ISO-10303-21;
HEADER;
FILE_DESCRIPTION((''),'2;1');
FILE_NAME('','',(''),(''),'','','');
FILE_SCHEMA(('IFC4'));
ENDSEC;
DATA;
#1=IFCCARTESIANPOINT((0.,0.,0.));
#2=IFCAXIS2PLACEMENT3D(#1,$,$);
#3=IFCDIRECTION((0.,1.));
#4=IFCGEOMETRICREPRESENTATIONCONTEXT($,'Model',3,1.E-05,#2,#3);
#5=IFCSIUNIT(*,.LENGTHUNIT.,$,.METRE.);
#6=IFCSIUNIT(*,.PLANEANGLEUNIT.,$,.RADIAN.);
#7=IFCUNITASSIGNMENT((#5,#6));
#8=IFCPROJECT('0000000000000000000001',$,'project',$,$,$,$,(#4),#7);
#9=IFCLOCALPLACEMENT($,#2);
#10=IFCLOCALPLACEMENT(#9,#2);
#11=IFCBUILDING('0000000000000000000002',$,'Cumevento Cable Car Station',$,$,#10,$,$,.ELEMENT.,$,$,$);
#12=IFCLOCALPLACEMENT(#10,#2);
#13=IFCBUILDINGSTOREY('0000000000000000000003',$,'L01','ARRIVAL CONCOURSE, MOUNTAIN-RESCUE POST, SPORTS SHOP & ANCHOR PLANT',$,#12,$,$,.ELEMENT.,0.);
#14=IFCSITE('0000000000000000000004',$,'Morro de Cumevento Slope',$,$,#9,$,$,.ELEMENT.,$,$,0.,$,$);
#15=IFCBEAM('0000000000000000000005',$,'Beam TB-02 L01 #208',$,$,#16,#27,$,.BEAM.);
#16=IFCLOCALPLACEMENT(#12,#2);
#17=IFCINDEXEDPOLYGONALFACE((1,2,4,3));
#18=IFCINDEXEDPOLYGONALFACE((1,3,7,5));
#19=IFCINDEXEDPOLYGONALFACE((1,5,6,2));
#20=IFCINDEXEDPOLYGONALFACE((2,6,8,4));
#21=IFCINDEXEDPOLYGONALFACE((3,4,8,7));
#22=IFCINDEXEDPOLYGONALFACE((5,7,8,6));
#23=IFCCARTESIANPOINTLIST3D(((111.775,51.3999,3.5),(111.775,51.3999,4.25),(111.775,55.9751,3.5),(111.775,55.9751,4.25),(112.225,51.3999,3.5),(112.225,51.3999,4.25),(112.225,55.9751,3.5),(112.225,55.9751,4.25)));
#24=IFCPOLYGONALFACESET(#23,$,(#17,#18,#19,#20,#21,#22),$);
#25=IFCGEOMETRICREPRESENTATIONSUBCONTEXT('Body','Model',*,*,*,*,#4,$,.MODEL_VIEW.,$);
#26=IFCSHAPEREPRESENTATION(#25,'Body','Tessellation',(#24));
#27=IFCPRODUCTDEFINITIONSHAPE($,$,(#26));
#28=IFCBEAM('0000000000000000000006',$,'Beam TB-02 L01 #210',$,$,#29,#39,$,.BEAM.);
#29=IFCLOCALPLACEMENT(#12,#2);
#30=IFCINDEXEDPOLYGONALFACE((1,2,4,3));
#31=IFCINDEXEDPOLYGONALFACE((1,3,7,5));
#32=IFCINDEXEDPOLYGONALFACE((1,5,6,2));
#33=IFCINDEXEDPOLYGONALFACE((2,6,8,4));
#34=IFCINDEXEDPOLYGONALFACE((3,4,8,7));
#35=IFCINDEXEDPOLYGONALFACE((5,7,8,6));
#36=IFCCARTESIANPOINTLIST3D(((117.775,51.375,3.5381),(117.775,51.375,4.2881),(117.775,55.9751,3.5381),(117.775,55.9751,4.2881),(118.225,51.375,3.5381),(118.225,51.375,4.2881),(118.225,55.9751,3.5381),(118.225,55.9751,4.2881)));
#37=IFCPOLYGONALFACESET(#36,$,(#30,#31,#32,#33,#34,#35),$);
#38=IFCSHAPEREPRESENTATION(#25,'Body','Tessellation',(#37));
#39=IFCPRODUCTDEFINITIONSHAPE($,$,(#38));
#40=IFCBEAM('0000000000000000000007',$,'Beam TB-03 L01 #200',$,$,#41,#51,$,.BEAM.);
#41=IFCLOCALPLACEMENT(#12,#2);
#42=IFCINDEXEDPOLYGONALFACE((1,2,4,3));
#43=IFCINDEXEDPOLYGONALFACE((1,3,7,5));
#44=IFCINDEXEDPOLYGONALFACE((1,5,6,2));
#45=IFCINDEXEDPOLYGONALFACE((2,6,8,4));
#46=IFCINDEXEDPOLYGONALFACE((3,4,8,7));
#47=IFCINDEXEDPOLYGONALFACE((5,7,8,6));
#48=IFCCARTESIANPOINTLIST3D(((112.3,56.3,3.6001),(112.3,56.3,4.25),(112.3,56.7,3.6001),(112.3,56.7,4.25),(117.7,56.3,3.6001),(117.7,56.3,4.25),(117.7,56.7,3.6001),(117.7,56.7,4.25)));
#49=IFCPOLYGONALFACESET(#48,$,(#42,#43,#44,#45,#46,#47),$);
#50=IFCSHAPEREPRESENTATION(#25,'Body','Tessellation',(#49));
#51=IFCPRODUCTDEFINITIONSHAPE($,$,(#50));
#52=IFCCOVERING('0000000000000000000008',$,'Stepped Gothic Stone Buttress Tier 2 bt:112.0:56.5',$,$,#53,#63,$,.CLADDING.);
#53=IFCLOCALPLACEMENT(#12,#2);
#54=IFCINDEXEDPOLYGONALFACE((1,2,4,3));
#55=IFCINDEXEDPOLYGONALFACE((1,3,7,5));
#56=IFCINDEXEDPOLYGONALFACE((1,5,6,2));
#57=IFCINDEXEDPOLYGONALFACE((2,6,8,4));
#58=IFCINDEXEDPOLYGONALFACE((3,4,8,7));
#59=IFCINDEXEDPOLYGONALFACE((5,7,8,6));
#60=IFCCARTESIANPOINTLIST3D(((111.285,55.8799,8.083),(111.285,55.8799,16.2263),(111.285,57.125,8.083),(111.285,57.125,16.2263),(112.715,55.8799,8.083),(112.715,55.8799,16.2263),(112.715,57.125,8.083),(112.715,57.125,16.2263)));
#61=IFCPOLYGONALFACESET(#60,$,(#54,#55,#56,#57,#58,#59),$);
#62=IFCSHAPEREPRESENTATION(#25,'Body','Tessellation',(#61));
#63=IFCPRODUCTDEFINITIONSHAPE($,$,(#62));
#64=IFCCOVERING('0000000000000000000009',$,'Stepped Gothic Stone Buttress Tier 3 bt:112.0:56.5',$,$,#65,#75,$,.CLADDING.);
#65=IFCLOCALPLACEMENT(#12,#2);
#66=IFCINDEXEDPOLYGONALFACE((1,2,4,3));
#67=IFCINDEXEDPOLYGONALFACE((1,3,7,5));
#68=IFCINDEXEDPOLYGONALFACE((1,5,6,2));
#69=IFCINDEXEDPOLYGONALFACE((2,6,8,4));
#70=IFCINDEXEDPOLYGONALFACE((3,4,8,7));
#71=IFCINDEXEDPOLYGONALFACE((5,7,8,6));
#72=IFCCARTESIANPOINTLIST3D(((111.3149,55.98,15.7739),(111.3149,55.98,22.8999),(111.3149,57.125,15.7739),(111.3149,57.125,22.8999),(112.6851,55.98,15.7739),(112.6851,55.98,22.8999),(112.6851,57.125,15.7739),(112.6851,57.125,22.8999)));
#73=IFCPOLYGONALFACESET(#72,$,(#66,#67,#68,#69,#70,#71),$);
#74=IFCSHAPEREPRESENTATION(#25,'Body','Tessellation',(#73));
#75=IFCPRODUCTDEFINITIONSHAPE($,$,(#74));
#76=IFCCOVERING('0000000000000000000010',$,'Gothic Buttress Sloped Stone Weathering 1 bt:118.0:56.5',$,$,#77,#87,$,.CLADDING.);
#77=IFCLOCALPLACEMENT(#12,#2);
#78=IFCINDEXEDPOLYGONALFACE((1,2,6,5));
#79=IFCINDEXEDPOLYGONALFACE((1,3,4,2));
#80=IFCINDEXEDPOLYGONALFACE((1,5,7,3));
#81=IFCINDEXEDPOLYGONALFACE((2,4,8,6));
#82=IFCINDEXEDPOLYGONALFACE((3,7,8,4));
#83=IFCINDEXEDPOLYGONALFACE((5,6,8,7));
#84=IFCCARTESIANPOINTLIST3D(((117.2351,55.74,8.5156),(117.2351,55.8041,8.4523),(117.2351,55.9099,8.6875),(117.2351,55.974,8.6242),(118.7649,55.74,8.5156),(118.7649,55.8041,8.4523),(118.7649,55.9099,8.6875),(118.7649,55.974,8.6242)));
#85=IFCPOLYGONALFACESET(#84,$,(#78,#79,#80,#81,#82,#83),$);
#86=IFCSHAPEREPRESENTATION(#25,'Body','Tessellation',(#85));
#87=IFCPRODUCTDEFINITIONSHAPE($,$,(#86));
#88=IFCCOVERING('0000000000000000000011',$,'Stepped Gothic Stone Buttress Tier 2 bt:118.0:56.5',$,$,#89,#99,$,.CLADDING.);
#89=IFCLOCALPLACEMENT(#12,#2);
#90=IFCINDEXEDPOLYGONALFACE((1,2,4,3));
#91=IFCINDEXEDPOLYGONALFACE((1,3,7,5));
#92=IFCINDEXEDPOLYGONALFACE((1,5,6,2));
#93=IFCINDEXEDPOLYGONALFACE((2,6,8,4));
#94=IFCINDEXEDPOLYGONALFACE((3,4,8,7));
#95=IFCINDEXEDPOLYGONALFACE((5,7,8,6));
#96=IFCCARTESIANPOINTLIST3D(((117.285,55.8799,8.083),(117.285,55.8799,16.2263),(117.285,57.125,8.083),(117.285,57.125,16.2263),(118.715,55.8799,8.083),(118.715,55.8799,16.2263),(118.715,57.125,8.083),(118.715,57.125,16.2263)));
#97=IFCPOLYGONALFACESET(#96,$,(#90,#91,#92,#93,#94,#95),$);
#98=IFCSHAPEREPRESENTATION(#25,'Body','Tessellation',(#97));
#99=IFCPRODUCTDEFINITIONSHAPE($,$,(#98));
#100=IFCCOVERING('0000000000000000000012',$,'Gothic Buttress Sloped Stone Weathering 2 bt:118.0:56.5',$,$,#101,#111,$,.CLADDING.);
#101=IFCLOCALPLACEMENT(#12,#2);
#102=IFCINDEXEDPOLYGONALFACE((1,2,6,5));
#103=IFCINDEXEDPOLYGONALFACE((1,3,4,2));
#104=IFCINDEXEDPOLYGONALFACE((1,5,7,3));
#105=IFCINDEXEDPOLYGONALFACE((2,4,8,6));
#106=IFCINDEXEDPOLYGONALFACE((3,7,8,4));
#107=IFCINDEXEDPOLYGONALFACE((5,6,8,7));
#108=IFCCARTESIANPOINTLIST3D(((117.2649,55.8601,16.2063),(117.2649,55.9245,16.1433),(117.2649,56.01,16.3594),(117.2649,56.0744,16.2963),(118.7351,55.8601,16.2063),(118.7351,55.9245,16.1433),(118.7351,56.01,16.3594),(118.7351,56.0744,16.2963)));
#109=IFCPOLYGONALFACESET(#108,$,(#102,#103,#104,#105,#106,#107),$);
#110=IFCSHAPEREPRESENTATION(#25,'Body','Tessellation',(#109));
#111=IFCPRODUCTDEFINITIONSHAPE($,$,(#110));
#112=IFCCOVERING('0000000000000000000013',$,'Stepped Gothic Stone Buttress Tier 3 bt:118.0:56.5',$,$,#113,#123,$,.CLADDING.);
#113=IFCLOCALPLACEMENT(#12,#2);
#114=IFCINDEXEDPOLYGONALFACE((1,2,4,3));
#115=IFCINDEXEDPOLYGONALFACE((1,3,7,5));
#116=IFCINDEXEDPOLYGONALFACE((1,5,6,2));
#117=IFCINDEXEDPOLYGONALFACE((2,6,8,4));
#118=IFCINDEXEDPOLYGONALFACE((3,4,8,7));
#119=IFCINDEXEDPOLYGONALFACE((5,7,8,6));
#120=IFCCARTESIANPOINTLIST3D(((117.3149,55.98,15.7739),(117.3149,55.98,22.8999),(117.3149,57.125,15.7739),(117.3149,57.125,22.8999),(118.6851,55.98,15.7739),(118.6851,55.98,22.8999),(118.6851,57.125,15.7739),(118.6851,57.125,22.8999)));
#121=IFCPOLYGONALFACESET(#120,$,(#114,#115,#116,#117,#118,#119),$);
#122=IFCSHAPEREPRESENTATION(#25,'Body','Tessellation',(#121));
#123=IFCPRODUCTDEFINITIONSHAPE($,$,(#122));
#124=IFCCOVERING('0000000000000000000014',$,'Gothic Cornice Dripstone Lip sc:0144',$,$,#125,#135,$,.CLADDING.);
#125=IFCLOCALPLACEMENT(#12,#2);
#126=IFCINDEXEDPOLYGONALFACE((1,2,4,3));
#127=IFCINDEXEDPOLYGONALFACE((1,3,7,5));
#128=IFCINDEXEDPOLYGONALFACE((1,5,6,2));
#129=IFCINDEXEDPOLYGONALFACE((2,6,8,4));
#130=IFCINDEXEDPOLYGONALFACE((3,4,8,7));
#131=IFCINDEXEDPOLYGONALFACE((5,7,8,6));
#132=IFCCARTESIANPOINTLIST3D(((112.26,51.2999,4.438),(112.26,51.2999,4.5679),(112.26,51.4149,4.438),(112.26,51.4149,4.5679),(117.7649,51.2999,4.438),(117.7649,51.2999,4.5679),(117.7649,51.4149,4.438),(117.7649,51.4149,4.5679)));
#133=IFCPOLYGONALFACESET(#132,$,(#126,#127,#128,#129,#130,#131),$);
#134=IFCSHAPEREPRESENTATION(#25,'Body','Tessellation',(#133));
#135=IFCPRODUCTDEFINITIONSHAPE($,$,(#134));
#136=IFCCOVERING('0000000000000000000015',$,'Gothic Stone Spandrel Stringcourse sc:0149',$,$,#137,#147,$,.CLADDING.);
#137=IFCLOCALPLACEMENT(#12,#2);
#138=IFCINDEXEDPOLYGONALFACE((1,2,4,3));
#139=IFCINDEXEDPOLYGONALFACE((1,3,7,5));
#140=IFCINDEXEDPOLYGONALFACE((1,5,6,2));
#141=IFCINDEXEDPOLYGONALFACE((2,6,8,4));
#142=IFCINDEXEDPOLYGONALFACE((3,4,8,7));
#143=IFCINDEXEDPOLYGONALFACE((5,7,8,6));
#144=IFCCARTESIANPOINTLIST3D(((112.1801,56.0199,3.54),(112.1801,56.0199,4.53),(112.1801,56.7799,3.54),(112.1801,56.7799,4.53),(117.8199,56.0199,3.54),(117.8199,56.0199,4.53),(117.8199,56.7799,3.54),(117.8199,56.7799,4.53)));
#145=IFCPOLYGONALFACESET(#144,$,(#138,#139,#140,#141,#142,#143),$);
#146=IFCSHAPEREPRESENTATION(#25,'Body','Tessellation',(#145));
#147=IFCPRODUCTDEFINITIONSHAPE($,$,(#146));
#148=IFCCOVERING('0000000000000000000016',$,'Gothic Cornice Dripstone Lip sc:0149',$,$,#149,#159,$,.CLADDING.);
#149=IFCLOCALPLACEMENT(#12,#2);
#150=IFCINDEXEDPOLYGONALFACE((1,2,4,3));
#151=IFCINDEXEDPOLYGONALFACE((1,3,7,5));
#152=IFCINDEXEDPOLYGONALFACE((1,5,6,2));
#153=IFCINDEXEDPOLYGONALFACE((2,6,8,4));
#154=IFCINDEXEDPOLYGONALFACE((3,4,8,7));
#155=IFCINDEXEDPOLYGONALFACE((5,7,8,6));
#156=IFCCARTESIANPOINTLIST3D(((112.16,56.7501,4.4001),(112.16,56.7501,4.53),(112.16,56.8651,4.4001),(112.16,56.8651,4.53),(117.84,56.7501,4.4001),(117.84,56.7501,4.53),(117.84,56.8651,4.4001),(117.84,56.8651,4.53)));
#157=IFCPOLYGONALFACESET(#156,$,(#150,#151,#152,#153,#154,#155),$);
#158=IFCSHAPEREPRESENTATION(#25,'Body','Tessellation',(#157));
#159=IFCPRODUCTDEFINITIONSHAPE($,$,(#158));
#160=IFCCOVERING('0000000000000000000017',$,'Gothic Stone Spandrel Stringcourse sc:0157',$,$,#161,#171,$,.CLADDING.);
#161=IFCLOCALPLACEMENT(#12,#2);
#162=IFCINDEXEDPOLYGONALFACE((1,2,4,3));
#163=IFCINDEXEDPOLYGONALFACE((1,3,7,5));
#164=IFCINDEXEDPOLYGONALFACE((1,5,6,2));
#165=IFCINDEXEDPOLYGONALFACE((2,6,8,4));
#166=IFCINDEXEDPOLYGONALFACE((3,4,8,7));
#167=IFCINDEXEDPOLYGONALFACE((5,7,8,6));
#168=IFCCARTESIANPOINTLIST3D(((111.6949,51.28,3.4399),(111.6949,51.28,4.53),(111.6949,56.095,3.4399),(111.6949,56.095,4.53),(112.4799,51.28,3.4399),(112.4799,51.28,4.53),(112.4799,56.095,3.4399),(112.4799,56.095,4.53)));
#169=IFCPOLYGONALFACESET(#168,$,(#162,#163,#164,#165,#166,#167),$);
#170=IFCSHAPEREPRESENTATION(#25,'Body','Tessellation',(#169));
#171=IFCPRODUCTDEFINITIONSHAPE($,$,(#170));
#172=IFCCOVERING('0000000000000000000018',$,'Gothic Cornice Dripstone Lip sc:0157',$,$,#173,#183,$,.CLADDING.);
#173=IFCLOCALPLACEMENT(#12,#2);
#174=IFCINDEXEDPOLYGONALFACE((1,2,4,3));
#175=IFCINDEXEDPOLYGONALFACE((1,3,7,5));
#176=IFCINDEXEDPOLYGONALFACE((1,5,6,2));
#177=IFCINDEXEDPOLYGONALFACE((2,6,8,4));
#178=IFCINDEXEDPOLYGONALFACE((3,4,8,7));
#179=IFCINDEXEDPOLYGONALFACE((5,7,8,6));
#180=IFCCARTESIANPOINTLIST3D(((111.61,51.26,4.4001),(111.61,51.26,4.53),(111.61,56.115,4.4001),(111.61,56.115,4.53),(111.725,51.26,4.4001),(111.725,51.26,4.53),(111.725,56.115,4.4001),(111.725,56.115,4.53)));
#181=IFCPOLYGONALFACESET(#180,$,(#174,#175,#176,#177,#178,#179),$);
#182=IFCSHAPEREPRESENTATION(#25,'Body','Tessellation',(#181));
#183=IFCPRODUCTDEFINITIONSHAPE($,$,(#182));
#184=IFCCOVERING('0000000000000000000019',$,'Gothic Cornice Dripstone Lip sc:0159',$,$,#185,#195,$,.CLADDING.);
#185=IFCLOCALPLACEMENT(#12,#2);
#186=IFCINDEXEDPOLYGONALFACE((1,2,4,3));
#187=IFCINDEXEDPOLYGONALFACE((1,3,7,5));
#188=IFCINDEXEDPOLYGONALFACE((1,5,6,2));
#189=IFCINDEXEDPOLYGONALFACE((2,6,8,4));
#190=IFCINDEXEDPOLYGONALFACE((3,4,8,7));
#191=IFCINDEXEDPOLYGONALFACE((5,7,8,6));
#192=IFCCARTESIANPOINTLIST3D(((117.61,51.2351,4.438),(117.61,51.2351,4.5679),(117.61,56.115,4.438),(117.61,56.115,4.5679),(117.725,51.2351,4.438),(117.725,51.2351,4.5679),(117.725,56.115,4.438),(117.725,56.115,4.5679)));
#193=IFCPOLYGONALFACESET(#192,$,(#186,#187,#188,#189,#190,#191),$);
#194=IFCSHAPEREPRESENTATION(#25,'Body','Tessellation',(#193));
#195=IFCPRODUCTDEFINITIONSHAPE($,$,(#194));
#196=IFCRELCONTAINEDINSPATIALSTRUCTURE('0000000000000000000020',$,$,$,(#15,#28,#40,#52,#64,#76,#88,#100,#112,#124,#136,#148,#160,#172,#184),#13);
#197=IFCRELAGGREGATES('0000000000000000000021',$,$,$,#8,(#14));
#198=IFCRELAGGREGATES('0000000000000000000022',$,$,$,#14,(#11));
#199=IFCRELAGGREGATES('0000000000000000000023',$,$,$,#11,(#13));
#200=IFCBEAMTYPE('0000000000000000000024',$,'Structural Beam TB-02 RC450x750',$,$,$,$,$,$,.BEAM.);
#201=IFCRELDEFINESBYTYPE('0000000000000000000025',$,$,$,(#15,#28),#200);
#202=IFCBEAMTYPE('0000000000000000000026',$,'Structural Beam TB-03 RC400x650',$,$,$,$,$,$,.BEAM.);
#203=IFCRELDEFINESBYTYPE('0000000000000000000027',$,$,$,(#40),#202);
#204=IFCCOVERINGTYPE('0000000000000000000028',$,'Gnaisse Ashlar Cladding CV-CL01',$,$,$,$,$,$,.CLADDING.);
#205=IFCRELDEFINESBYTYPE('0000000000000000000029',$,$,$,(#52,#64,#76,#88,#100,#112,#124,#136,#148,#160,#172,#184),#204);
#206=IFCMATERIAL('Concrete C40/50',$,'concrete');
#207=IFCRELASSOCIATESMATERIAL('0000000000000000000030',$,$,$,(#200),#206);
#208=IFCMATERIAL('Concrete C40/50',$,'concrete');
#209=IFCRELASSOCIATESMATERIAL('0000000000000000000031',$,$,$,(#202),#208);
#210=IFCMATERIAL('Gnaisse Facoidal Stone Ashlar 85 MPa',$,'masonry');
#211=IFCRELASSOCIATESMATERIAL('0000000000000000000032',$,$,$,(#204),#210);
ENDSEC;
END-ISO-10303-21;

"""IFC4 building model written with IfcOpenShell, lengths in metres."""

from ifc_helpers import new_model, si_unit, direction, frame, origin, origin_2d, place, context, subcontext, project, spatial, polyline, rectangle, outline, extrude, material, material_profile, profile_set, type_object, element, save


model = new_model("IFC4")

# Units and contexts
model_context = context("Model", 3, precision=1e-05, world=origin(), true_north=direction((0.0, 1.0)))
body_context = subcontext(model_context, "Body", "Model", "MODEL_VIEW")
ifc_project = project(units=[si_unit("LENGTHUNIT", "METRE"), si_unit("PLANEANGLEUNIT", "RADIAN")], contexts=[model_context])

# Site, building, storey
site_placement = place(None, origin())
site = spatial("IfcSite", under=ifc_project, at=site_placement, Name="Morro de Cumevento Slope", CompositionType="ELEMENT", RefElevation=0.0)
building_placement = place(site_placement, origin())
building = spatial("IfcBuilding", under=site, at=building_placement, Name="Cumevento Cable Car Station", CompositionType="ELEMENT")
storey_placement = place(building_placement, origin())
storey = spatial("IfcBuildingStorey", under=building, at=storey_placement, Name="L01", Description="ARRIVAL CONCOURSE, MOUNTAIN-RESCUE POST, SPORTS SHOP & ANCHOR PLANT", CompositionType="ELEMENT", Elevation=0.0)

# Beams
ifc_material_1 = material(Name="Concrete C40/50", Category="concrete")
ifc_material_profile_1 = material_profile(ifc_material_1, rectangle(XDim=0.45, YDim=0.75, at=origin_2d()), Name="RC450x750")
ifc_profile_set_1 = profile_set([ifc_material_profile_1], Name="Concrete C40/50")
beam_type_1 = type_object("IfcBeamType", Name="Structural Beam TB-02 RC450x750", PredefinedType="BEAM", material=ifc_profile_set_1)
beam_1_placement = place(storey_placement, frame((112.0, 51.3999, 3.875), z_axis=(0.0, 1.0, 0.0), x_axis=(-1.0, 0.0, 0.0)))
element("IfcBeam", 1, at=beam_1_placement, inside=storey, type_object=beam_type_1, Name="Beam TB-02 L01 #208", PredefinedType="BEAM", context=body_context, shape_type="SweptSolid", body=[
    extrude(rectangle(XDim=0.45, YDim=0.75, at=origin_2d()), origin(), (0.0, 0.0, 1.0), 4.5752),
])
beam_2_placement = place(storey_placement, frame((118.0, 51.375, 3.9131), z_axis=(0.0, 1.0, 0.0), x_axis=(-1.0, 0.0, 0.0)))
element("IfcBeam", 2, at=beam_2_placement, inside=storey, type_object=beam_type_1, Name="Beam TB-02 L01 #210", PredefinedType="BEAM", context=body_context, shape_type="SweptSolid", body=[
    extrude(rectangle(XDim=0.45, YDim=0.75, at=origin_2d()), origin(), (0.0, 0.0, 1.0), 4.6001),
])
ifc_material_2 = material(Name="Concrete C40/50", Category="concrete")
ifc_material_profile_2 = material_profile(ifc_material_2, rectangle(XDim=0.3999, YDim=0.6499, at=origin_2d()), Name="RC400x650")
ifc_profile_set_2 = profile_set([ifc_material_profile_2], Name="Concrete C40/50")
beam_type_2 = type_object("IfcBeamType", Name="Structural Beam TB-03 RC400x650", PredefinedType="BEAM", material=ifc_profile_set_2)
beam_3_placement = place(storey_placement, frame((112.3, 56.5, 3.925), z_axis=(1.0, 0.0, 0.0), x_axis=(0.0, 1.0, 0.0)))
element("IfcBeam", 3, at=beam_3_placement, inside=storey, type_object=beam_type_2, Name="Beam TB-03 L01 #200", PredefinedType="BEAM", context=body_context, shape_type="SweptSolid", body=[
    extrude(rectangle(XDim=0.3999, YDim=0.6499, at=origin_2d()), origin(), (0.0, 0.0, 1.0), 5.3999),
])

# Coverings
ifc_material_3 = material(Name="Gnaisse Facoidal Stone Ashlar 85 MPa", Category="masonry")
covering_type = type_object("IfcCoveringType", Name="Gnaisse Ashlar Cladding CV-CL01", PredefinedType="CLADDING", material=ifc_material_3)
covering_1_placement = place(storey_placement, frame((112.0, 56.5024, 8.083), z_axis=(0.0, 0.0, 1.0), x_axis=(1.0, 0.0, 0.0)))
element("IfcCovering", 4, at=covering_1_placement, inside=storey, type_object=covering_type, Name="Stepped Gothic Stone Buttress Tier 2 bt:112.0:56.5", PredefinedType="CLADDING", context=body_context, shape_type="SweptSolid", body=[
    extrude(rectangle(XDim=1.4299, YDim=1.2451, at=origin_2d()), origin(), (0.0, 0.0, 1.0), 8.1433),
])
covering_2_placement = place(storey_placement, frame((112.0, 56.5525, 15.7739), z_axis=(0.0, 0.0, 1.0), x_axis=(1.0, 0.0, 0.0)))
element("IfcCovering", 5, at=covering_2_placement, inside=storey, type_object=covering_type, Name="Stepped Gothic Stone Buttress Tier 3 bt:112.0:56.5", PredefinedType="CLADDING", context=body_context, shape_type="SweptSolid", body=[
    extrude(rectangle(XDim=1.3701, YDim=1.145, at=origin_2d()), origin(), (0.0, 0.0, 1.0), 7.126),
])
covering_3_placement = place(storey_placement, frame((117.2351, 55.74, 8.5156), z_axis=(0.0, -0.711136, 0.703055), x_axis=(1.0, 0.0, 0.0)))
element("IfcCovering", 6, at=covering_3_placement, inside=storey, type_object=covering_type, Name="Gothic Buttress Sloped Stone Weathering 1 bt:118.0:56.5", PredefinedType="CLADDING", context=body_context, shape_type="SweptSolid", body=[
    extrude(outline(polyline([(0.0, 0.0), (1.5298, 0.0), (1.5298, 0.2417), (0.0, 0.2417), (0.0, 0.0)])), origin(), (0.0, 0.0, -1.0), 0.0901),
])
covering_4_placement = place(storey_placement, frame((118.0, 56.5024, 8.083), z_axis=(0.0, 0.0, 1.0), x_axis=(1.0, 0.0, 0.0)))
element("IfcCovering", 7, at=covering_4_placement, inside=storey, type_object=covering_type, Name="Stepped Gothic Stone Buttress Tier 2 bt:118.0:56.5", PredefinedType="CLADDING", context=body_context, shape_type="SweptSolid", body=[
    extrude(rectangle(XDim=1.4299, YDim=1.2451, at=origin_2d()), origin(), (0.0, 0.0, 1.0), 8.1433),
])
covering_5_placement = place(storey_placement, frame((117.2649, 55.8601, 16.2063), z_axis=(0.0, -0.714475, 0.699661), x_axis=(1.0, 0.0, 0.0)))
element("IfcCovering", 8, at=covering_5_placement, inside=storey, type_object=covering_type, Name="Gothic Buttress Sloped Stone Weathering 2 bt:118.0:56.5", PredefinedType="CLADDING", context=body_context, shape_type="SweptSolid", body=[
    extrude(outline(polyline([(0.0, 0.0), (1.4702, 0.0), (1.4702, 0.2142), (0.0, 0.2142), (0.0, 0.0)])), origin(), (0.0, 0.0, -1.0), 0.0901),
])
covering_6_placement = place(storey_placement, frame((118.0, 56.5525, 15.7739), z_axis=(0.0, 0.0, 1.0), x_axis=(1.0, 0.0, 0.0)))
element("IfcCovering", 9, at=covering_6_placement, inside=storey, type_object=covering_type, Name="Stepped Gothic Stone Buttress Tier 3 bt:118.0:56.5", PredefinedType="CLADDING", context=body_context, shape_type="SweptSolid", body=[
    extrude(rectangle(XDim=1.3701, YDim=1.145, at=origin_2d()), origin(), (0.0, 0.0, 1.0), 7.126),
])
covering_7_placement = place(storey_placement, frame((115.0125, 51.3574, 4.438), z_axis=(0.0, 0.0, 1.0), x_axis=(1.0, 0.0, 0.0)))
element("IfcCovering", 10, at=covering_7_placement, inside=storey, type_object=covering_type, Name="Gothic Cornice Dripstone Lip sc:0144", PredefinedType="CLADDING", context=body_context, shape_type="SweptSolid", body=[
    extrude(rectangle(XDim=5.5049, YDim=0.115, at=origin_2d()), origin(), (0.0, 0.0, 1.0), 0.1299),
])
covering_8_placement = place(storey_placement, frame((115.0, 56.3999, 3.54), z_axis=(0.0, 0.0, 1.0), x_axis=(1.0, 0.0, 0.0)))
element("IfcCovering", 11, at=covering_8_placement, inside=storey, type_object=covering_type, Name="Gothic Stone Spandrel Stringcourse sc:0149", PredefinedType="CLADDING", context=body_context, shape_type="SweptSolid", body=[
    extrude(rectangle(XDim=5.6399, YDim=0.76, at=origin_2d()), origin(), (0.0, 0.0, 1.0), 0.99),
])
covering_9_placement = place(storey_placement, frame((115.0, 56.8076, 4.4001), z_axis=(0.0, 0.0, 1.0), x_axis=(1.0, 0.0, 0.0)))
element("IfcCovering", 12, at=covering_9_placement, inside=storey, type_object=covering_type, Name="Gothic Cornice Dripstone Lip sc:0149", PredefinedType="CLADDING", context=body_context, shape_type="SweptSolid", body=[
    extrude(rectangle(XDim=5.6799, YDim=0.115, at=origin_2d()), origin(), (0.0, 0.0, 1.0), 0.1299),
])
covering_10_placement = place(storey_placement, frame((112.0874, 53.6875, 3.4399), z_axis=(0.0, 0.0, 1.0), x_axis=(0.0, 1.0, 0.0)))
element("IfcCovering", 13, at=covering_10_placement, inside=storey, type_object=covering_type, Name="Gothic Stone Spandrel Stringcourse sc:0157", PredefinedType="CLADDING", context=body_context, shape_type="SweptSolid", body=[
    extrude(rectangle(XDim=4.8149, YDim=0.7849, at=origin_2d()), origin(), (0.0, 0.0, 1.0), 1.0901),
])
covering_11_placement = place(storey_placement, frame((111.6675, 53.6875, 4.4001), z_axis=(0.0, 0.0, 1.0), x_axis=(0.0, 1.0, 0.0)))
element("IfcCovering", 14, at=covering_11_placement, inside=storey, type_object=covering_type, Name="Gothic Cornice Dripstone Lip sc:0157", PredefinedType="CLADDING", context=body_context, shape_type="SweptSolid", body=[
    extrude(rectangle(XDim=4.855, YDim=0.115, at=origin_2d()), origin(), (0.0, 0.0, 1.0), 0.1299),
])
covering_12_placement = place(storey_placement, frame((117.6675, 53.675, 4.438), z_axis=(0.0, 0.0, 1.0), x_axis=(0.0, 1.0, 0.0)))
element("IfcCovering", 15, at=covering_12_placement, inside=storey, type_object=covering_type, Name="Gothic Cornice Dripstone Lip sc:0159", PredefinedType="CLADDING", context=body_context, shape_type="SweptSolid", body=[
    extrude(rectangle(XDim=4.8799, YDim=0.115, at=origin_2d()), origin(), (0.0, 0.0, 1.0), 0.1299),
])

save(model, "model.ifc")
